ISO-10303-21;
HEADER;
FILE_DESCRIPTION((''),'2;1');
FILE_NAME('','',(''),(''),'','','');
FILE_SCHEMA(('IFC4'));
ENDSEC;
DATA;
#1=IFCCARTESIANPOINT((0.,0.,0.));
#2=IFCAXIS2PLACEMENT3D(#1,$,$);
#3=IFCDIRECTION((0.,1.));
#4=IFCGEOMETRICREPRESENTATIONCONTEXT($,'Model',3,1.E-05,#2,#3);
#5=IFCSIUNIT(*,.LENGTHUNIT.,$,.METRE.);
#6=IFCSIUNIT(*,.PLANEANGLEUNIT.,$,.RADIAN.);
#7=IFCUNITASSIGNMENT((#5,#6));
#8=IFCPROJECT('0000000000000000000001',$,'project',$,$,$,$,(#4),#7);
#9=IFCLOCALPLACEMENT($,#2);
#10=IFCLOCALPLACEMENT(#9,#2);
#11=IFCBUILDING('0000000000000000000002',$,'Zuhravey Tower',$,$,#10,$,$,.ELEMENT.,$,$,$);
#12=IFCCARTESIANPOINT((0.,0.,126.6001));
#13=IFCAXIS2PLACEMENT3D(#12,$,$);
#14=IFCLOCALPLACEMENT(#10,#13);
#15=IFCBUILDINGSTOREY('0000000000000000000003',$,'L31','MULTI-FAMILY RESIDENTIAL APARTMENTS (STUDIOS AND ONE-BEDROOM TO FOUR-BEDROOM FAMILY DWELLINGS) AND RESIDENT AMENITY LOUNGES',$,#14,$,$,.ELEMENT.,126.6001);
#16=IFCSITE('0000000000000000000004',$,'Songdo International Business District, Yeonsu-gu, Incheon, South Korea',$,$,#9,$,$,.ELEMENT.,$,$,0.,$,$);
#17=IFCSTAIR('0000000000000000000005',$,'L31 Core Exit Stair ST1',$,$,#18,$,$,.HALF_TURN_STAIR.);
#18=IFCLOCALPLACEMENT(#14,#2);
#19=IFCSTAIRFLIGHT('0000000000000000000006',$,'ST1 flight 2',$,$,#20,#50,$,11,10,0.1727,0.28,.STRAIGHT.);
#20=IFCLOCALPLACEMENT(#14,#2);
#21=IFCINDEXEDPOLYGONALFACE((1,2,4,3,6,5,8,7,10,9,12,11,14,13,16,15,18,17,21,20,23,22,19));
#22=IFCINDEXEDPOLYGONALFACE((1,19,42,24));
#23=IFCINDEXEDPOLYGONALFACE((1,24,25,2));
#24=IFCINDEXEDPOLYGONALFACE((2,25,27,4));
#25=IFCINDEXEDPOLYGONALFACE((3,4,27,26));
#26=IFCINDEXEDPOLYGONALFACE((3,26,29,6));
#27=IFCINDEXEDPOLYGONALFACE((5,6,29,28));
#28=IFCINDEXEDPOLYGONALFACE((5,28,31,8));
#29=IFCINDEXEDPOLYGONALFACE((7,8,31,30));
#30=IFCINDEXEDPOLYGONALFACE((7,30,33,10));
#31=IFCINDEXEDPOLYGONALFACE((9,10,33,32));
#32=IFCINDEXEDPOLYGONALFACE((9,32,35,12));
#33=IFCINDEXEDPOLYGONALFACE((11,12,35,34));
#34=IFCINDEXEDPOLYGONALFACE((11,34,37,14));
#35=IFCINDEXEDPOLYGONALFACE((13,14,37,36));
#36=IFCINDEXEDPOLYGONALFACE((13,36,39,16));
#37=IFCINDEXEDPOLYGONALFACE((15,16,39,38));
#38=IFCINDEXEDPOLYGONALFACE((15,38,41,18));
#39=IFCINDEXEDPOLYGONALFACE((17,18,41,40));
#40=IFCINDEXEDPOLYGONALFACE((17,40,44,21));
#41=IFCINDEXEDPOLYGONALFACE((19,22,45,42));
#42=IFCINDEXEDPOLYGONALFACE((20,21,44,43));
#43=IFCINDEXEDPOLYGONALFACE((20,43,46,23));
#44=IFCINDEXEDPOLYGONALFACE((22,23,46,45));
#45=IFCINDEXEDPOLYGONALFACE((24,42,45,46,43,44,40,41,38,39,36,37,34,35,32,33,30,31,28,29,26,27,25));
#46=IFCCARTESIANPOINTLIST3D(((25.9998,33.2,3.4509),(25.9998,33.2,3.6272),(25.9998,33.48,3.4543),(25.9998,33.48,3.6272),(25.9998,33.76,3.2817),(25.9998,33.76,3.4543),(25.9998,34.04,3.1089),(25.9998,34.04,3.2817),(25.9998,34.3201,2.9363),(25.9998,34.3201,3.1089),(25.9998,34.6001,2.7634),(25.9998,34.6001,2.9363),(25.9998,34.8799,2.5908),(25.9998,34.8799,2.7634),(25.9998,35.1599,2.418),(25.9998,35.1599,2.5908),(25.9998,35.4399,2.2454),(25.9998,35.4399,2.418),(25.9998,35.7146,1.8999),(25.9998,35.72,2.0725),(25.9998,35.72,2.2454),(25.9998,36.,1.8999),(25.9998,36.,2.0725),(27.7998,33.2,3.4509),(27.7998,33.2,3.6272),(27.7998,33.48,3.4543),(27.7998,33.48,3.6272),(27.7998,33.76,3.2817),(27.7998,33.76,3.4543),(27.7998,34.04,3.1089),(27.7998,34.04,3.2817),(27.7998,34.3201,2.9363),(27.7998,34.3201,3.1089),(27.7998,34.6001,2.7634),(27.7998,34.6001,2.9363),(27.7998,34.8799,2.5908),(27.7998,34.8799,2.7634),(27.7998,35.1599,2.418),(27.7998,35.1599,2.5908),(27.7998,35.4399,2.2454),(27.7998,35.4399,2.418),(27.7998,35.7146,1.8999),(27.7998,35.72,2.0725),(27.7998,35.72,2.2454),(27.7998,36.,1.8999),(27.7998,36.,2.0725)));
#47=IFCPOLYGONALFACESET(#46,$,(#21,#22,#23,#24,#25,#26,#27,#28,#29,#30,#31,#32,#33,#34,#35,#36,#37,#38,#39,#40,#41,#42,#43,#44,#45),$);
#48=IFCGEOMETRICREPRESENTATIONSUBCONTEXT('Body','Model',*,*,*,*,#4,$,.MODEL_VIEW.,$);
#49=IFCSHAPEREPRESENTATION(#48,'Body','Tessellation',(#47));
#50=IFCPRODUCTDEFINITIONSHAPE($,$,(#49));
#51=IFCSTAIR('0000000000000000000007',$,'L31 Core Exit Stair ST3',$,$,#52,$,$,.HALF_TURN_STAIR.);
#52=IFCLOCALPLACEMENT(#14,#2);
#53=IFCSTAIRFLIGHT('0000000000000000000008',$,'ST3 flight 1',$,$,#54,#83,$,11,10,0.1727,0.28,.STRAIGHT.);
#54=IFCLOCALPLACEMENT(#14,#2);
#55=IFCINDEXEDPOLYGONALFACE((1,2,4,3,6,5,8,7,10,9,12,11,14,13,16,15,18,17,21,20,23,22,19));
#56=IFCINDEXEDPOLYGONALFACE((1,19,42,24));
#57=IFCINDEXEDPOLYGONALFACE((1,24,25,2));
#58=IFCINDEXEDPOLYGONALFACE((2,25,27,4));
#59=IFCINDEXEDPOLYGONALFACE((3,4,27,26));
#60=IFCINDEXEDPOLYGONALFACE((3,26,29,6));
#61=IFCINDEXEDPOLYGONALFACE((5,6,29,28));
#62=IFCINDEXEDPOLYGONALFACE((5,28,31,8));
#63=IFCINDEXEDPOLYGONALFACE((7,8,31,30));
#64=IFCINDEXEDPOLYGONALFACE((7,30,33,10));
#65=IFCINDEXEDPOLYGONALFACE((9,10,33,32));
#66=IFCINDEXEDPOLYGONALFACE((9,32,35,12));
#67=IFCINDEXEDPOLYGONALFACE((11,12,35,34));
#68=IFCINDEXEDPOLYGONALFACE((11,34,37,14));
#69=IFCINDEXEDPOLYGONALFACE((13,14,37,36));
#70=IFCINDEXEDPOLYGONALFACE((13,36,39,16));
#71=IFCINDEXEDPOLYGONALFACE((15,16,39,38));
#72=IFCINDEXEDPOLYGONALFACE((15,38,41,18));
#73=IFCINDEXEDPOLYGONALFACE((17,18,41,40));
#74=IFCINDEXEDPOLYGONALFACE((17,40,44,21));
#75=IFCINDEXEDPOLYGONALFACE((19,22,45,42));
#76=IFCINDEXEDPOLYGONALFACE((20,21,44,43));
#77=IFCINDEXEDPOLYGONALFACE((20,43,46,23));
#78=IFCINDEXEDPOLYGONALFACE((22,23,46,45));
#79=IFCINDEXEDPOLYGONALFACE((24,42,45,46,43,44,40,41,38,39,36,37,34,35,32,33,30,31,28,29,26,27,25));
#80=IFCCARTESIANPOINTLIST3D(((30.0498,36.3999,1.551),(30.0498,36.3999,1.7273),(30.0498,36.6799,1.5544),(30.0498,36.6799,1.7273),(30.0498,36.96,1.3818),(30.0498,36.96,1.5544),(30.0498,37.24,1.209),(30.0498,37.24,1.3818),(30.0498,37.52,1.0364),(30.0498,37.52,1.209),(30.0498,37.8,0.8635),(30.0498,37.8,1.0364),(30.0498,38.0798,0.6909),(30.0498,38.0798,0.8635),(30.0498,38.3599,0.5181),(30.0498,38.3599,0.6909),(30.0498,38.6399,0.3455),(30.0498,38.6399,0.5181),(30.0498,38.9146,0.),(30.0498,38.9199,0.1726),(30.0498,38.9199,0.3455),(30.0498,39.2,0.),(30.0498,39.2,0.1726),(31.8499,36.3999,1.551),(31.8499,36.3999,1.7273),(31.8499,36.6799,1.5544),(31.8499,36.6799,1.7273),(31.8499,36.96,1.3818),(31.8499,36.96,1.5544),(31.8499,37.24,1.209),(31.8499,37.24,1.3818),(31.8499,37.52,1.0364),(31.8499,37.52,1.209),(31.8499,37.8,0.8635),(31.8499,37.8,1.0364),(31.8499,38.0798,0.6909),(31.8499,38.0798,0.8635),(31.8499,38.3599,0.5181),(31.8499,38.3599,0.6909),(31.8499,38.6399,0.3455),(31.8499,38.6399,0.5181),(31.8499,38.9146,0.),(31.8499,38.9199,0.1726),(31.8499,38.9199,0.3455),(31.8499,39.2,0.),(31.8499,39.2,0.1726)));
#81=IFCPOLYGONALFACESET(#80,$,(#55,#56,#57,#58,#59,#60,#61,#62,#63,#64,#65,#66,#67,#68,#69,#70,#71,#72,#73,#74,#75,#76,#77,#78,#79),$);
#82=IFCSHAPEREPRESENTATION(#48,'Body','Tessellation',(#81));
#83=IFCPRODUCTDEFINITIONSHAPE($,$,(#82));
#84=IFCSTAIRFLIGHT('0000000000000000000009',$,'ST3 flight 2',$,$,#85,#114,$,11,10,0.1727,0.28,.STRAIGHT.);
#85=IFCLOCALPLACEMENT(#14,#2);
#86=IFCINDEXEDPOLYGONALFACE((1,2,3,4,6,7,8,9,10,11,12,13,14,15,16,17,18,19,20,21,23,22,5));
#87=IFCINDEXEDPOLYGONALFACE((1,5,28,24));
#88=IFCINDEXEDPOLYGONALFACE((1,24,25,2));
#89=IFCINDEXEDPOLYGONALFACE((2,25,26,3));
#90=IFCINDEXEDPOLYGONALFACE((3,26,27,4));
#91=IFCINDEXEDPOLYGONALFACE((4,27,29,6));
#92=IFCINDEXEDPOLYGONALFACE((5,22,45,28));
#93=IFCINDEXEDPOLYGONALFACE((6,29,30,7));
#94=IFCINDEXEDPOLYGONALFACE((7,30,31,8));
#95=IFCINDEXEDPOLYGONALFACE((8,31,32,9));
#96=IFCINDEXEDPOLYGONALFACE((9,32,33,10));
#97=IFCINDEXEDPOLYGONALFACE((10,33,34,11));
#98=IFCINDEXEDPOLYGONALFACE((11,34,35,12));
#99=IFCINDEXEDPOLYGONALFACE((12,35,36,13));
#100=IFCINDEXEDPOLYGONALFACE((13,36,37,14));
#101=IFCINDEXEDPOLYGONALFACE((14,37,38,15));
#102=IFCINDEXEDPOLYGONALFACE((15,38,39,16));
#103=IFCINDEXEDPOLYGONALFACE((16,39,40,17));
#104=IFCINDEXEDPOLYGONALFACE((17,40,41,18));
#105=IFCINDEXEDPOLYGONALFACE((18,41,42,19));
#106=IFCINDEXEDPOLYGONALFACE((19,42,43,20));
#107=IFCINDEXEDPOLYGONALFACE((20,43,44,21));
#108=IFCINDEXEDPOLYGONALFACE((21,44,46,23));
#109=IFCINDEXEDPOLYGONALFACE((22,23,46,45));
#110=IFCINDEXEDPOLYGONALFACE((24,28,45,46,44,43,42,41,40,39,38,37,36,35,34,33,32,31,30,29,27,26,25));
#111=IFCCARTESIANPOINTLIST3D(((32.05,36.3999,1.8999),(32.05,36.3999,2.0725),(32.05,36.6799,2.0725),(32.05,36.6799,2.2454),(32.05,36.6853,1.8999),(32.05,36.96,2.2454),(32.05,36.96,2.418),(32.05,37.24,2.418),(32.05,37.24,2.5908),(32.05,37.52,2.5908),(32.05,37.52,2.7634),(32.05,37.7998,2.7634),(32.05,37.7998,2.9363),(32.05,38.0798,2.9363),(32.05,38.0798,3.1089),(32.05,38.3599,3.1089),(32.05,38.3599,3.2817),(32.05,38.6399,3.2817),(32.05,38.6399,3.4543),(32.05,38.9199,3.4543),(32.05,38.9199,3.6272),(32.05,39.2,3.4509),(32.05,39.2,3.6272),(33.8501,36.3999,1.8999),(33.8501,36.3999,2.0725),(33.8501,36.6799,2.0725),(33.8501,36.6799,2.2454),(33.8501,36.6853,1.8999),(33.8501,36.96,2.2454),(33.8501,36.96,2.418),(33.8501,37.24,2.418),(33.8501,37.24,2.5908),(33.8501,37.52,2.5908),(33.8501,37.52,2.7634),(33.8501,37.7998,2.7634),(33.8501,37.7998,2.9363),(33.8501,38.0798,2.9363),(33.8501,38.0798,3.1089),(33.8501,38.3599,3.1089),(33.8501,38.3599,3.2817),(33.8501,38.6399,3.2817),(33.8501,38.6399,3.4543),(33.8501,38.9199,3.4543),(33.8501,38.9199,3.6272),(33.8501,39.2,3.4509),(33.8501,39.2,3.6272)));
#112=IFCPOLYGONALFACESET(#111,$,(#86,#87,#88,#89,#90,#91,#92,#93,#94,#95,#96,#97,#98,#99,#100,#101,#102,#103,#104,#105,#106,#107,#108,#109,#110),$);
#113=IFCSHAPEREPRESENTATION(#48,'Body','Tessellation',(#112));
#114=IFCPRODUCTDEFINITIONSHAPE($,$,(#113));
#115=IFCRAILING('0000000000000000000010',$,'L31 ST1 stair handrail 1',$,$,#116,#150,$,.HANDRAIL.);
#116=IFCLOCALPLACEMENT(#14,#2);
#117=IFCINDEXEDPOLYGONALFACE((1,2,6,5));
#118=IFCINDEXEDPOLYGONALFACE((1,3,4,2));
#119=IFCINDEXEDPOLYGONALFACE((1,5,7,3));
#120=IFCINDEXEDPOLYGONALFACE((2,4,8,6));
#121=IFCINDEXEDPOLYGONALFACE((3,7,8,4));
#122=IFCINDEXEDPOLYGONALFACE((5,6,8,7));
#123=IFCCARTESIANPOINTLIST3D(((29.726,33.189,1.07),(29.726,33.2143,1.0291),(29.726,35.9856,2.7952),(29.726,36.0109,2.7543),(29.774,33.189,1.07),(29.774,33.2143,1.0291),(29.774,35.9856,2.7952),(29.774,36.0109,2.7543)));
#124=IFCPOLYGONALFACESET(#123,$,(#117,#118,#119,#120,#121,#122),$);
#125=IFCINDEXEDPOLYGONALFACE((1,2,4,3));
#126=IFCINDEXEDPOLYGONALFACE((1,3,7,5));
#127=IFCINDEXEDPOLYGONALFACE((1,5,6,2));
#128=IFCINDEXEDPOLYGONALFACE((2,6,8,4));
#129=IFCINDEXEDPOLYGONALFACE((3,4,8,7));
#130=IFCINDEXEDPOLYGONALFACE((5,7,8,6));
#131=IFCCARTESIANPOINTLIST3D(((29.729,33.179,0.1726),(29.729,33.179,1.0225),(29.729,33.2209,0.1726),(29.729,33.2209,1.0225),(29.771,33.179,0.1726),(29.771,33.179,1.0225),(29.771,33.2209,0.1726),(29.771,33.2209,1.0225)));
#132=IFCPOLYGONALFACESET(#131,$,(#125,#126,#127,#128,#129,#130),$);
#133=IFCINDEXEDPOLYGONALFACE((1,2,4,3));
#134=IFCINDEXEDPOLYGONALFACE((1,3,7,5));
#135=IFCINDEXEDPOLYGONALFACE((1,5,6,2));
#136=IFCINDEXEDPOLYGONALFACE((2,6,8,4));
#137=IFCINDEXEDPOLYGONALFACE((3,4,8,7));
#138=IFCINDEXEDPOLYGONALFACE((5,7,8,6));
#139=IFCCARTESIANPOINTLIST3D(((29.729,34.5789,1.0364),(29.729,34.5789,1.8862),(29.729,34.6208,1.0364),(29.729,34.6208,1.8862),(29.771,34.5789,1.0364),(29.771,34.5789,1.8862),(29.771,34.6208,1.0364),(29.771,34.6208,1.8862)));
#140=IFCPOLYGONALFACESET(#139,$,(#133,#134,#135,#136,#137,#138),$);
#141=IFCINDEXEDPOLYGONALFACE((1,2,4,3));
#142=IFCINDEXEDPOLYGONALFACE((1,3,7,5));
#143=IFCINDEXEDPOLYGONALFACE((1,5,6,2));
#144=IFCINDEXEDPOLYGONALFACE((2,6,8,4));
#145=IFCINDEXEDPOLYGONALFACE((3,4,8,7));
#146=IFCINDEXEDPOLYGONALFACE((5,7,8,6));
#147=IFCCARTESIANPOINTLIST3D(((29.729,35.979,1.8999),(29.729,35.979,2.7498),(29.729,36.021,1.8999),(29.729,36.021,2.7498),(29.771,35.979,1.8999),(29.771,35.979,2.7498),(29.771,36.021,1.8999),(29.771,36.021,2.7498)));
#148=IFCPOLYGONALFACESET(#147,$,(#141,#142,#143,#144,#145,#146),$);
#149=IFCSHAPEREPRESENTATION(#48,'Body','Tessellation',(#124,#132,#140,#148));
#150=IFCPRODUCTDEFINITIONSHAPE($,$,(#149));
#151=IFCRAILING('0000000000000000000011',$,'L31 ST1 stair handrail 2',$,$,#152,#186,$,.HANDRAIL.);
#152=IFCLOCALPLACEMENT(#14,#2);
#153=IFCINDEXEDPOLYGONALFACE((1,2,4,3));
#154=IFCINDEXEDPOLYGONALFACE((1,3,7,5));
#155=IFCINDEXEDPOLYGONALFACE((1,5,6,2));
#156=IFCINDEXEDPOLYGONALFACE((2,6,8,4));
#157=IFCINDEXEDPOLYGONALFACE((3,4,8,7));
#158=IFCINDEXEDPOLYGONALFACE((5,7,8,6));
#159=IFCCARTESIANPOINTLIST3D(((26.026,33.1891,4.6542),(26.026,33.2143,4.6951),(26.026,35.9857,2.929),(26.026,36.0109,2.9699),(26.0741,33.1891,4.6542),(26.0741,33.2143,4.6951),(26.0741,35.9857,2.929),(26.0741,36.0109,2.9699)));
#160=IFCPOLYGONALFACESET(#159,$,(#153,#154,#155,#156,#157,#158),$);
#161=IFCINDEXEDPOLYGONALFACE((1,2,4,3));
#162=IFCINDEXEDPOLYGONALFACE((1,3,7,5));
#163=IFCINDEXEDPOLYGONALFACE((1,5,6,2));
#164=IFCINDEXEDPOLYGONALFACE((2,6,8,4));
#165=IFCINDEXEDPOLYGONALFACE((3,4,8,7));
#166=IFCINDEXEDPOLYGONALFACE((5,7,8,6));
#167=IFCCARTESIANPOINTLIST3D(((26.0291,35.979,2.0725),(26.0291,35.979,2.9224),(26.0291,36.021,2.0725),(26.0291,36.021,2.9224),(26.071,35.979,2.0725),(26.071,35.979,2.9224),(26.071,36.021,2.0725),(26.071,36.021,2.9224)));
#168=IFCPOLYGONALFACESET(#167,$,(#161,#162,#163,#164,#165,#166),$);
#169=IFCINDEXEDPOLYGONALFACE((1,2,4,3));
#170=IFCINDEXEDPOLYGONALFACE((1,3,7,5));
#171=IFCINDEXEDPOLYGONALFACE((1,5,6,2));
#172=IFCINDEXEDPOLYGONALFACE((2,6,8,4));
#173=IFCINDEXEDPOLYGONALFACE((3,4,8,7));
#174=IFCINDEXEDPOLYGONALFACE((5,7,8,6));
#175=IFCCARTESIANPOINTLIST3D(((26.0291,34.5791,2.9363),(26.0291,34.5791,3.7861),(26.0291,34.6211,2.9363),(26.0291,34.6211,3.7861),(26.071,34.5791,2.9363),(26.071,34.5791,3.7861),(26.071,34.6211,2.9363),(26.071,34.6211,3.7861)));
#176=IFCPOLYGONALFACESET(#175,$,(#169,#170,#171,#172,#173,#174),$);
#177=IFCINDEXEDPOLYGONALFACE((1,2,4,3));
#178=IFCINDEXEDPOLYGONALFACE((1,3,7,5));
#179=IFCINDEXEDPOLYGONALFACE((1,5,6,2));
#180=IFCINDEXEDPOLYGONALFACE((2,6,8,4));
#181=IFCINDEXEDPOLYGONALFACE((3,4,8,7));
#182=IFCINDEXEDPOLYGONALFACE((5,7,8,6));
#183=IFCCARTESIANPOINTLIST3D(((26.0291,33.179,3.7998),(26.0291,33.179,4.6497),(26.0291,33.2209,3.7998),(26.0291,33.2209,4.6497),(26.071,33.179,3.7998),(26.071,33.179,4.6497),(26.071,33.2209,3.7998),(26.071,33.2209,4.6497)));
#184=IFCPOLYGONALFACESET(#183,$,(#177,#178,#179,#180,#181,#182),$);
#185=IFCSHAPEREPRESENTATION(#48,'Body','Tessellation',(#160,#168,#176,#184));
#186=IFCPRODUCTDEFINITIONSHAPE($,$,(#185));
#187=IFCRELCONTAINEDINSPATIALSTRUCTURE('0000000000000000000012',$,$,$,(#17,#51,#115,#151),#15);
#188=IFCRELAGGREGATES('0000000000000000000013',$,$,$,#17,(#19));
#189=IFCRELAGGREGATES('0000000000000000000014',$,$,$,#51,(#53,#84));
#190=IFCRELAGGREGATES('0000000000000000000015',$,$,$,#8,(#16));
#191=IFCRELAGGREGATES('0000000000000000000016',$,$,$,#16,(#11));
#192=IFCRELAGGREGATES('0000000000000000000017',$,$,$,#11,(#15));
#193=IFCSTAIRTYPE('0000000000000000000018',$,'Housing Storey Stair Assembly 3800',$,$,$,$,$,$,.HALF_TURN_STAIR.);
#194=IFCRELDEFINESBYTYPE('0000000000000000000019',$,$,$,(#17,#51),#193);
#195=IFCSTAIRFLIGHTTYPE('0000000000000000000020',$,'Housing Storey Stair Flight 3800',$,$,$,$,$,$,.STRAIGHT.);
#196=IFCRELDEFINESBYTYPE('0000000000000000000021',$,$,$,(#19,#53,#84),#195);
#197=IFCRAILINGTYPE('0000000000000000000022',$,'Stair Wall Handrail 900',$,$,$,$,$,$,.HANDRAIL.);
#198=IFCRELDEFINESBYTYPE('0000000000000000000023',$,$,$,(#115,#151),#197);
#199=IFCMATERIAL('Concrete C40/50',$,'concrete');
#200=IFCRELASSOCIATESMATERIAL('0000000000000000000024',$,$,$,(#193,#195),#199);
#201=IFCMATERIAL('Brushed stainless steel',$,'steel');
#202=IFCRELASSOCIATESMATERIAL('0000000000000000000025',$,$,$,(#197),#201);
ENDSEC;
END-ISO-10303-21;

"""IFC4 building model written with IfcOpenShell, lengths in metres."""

from ifc_helpers import new_model, si_unit, direction, frame, origin, origin_2d, place, context, subcontext, project, spatial, polyline, rectangle, outline, extrude, material, type_object, element, aggregate, save


model = new_model("IFC4")

# Units and contexts
model_context = context("Model", 3, precision=1e-05, world=origin(), true_north=direction((0.0, 1.0)))
body_context = subcontext(model_context, "Body", "Model", "MODEL_VIEW")
ifc_project = project(units=[si_unit("LENGTHUNIT", "METRE"), si_unit("PLANEANGLEUNIT", "RADIAN")], contexts=[model_context])

# Site, building, storey
site_placement = place(None, origin())
site = spatial("IfcSite", under=ifc_project, at=site_placement, Name="Songdo International Business District, Yeonsu-gu, Incheon, South Korea", CompositionType="ELEMENT", RefElevation=0.0)
building_placement = place(site_placement, origin())
building = spatial("IfcBuilding", under=site, at=building_placement, Name="Zuhravey Tower", CompositionType="ELEMENT")
storey_placement = place(building_placement, frame((0.0, 0.0, 126.6001)))
storey = spatial("IfcBuildingStorey", under=building, at=storey_placement, Name="L31", Description="MULTI-FAMILY RESIDENTIAL APARTMENTS (STUDIOS AND ONE-BEDROOM TO FOUR-BEDROOM FAMILY DWELLINGS) AND RESIDENT AMENITY LOUNGES", CompositionType="ELEMENT", Elevation=126.6001)

# Stairs, stair flights
ifc_material_1 = material(Name="Concrete C40/50", Category="concrete")
stair_type = type_object("IfcStairType", Name="Housing Storey Stair Assembly 3800", PredefinedType="HALF_TURN_STAIR", material=ifc_material_1)
stair_1_placement = place(storey_placement, origin())
stair_1 = element("IfcStair", 1, at=stair_1_placement, inside=storey, type_object=stair_type, Name="L31 Core Exit Stair ST1", PredefinedType="HALF_TURN_STAIR")
stair_flight_type = type_object("IfcStairFlightType", Name="Housing Storey Stair Flight 3800", PredefinedType="STRAIGHT", material=ifc_material_1)
stair_flight_1_placement = place(storey_placement, frame((26.8999, 36.0, 1.8999), z_axis=(0.0, 0.0, 1.0), x_axis=(0.0, -1.0, 0.0)))
stair_flight_1 = element("IfcStairFlight", 2, at=stair_flight_1_placement, type_object=stair_flight_type, Name="ST1 flight 2", NumberOfRisers=11, NumberOfTreads=10, PredefinedType="STRAIGHT", RiserHeight=0.1727, TreadLength=0.28, context=body_context, shape_type="SweptSolid", body=[
    extrude(outline(polyline([(0.0, 0.0), (0.0, 0.1726), (0.28, 0.1726), (0.28, 0.3455), (0.5601, 0.3455), (0.5601, 0.5181), (0.8401, 0.5181), (0.8401, 0.6909), (1.1201, 0.6909), (1.1201, 0.8635), (1.3999, 0.8635), (1.3999, 1.0364), (1.6799, 1.0364), (1.6799, 1.209), (1.96, 1.209), (1.96, 1.3818), (2.24, 1.3818), (2.24, 1.5544), (2.52, 1.5544), (2.52, 1.7273), (2.8, 1.7273), (2.8, 1.8999), (2.8, 1.551), (0.2854, 0.0), (0.0, 0.0)])), frame((0.0, 0.8999, 0.0), z_axis=(0.0, -1.0, 0.0), x_axis=(1.0, 0.0, 0.0)), (0.0, 0.0, 1.0), 1.8),
])
aggregate(stair_1, [stair_flight_1])
stair_2_placement = place(storey_placement, origin())
stair_2 = element("IfcStair", 3, at=stair_2_placement, inside=storey, type_object=stair_type, Name="L31 Core Exit Stair ST3", PredefinedType="HALF_TURN_STAIR")
stair_flight_2_placement = place(storey_placement, frame((30.95, 39.2, 0.0), z_axis=(0.0, 0.0, 1.0), x_axis=(0.0, -1.0, 0.0)))
stair_flight_2 = element("IfcStairFlight", 4, at=stair_flight_2_placement, type_object=stair_flight_type, Name="ST3 flight 1", NumberOfRisers=11, NumberOfTreads=10, PredefinedType="STRAIGHT", RiserHeight=0.1727, TreadLength=0.28, context=body_context, shape_type="SweptSolid", body=[
    extrude(outline(polyline([(0.0, 0.0), (0.0, 0.1726), (0.28, 0.1726), (0.28, 0.3455), (0.5601, 0.3455), (0.5601, 0.5181), (0.8401, 0.5181), (0.8401, 0.6909), (1.1201, 0.6909), (1.1201, 0.8635), (1.3999, 0.8635), (1.3999, 1.0364), (1.6799, 1.0364), (1.6799, 1.209), (1.96, 1.209), (1.96, 1.3818), (2.24, 1.3818), (2.24, 1.5544), (2.52, 1.5544), (2.52, 1.7273), (2.8, 1.7273), (2.8, 1.8999), (2.8, 1.551), (0.2854, 0.0), (0.0, 0.0)])), frame((0.0, 0.8999, 0.0), z_axis=(0.0, -1.0, 0.0), x_axis=(1.0, 0.0, 0.0)), (0.0, 0.0, 1.0), 1.8),
])
stair_flight_3_placement = place(storey_placement, frame((32.95, 36.3999, 1.8999), z_axis=(0.0, 0.0, 1.0), x_axis=(0.0, 1.0, 0.0)))
stair_flight_3 = element("IfcStairFlight", 5, at=stair_flight_3_placement, type_object=stair_flight_type, Name="ST3 flight 2", NumberOfRisers=11, NumberOfTreads=10, PredefinedType="STRAIGHT", RiserHeight=0.1727, TreadLength=0.28, context=body_context, shape_type="SweptSolid", body=[
    extrude(outline(polyline([(0.0, 0.0), (0.0, 0.1726), (0.28, 0.1726), (0.28, 0.3455), (0.5601, 0.3455), (0.5601, 0.5181), (0.8401, 0.5181), (0.8401, 0.6909), (1.1201, 0.6909), (1.1201, 0.8635), (1.3999, 0.8635), (1.3999, 1.0364), (1.6799, 1.0364), (1.6799, 1.209), (1.96, 1.209), (1.96, 1.3818), (2.24, 1.3818), (2.24, 1.5544), (2.52, 1.5544), (2.52, 1.7273), (2.8, 1.7273), (2.8, 1.8999), (2.8, 1.551), (0.2854, 0.0), (0.0, 0.0)])), frame((0.0, 0.8999, 0.0), z_axis=(0.0, -1.0, 0.0), x_axis=(1.0, 0.0, 0.0)), (0.0, 0.0, 1.0), 1.8),
])
aggregate(stair_2, [stair_flight_2, stair_flight_3])

# Railings
ifc_material_2 = material(Name="Brushed stainless steel", Category="steel")
railing_type_1 = type_object("IfcRailingType", Name="Stair Wall Handrail 900", PredefinedType="HANDRAIL", material=ifc_material_2)
railing_1_placement = place(storey_placement, frame((29.75, 33.2, 0.1726)))
element("IfcRailing", 6, at=railing_1_placement, inside=storey, type_object=railing_type_1, Name="L31 ST1 stair handrail 1", PredefinedType="HANDRAIL", context=body_context, shape_type="SweptSolid", body=[
    extrude(rectangle(XDim=0.0481, YDim=0.0481, at=origin_2d()), frame((0.0, 0.0017, 0.877), z_axis=(0.0, 0.85109, 0.52502), x_axis=(-1.0, 0.0, 0.0)), (0.0, 0.0, 1.0), 3.2859),
    extrude(rectangle(XDim=0.042, YDim=0.042, at=origin_2d()), origin(), (0.0, 0.0, 1.0), 0.8499),
    extrude(rectangle(XDim=0.042, YDim=0.042, at=origin_2d()), frame((0.0, 1.3999, 0.8638)), (0.0, 0.0, 1.0), 0.8499),
    extrude(rectangle(XDim=0.042, YDim=0.042, at=origin_2d()), frame((0.0, 2.8, 1.7273)), (0.0, 0.0, 1.0), 0.8499),
])
for number, where, name in (
    (7, (26.05, 36.0, 2.0725), "L31 ST1 stair handrail 2"),
):
    element("IfcRailing", number, at=place(storey_placement, frame(where)), inside=storey, type_object=railing_type_1, Name=name, PredefinedType="HANDRAIL", context=body_context, shape_type="SweptSolid", body=[
        extrude(rectangle(XDim=0.0481, YDim=0.0481, at=origin_2d()), frame((0.0, -0.0017, 0.877), z_axis=(0.0, -0.85109, 0.52502), x_axis=(1.0, 0.0, 0.0)), (0.0, 0.0, 1.0), 3.2859),
        extrude(rectangle(XDim=0.042, YDim=0.042, at=origin_2d()), origin(), (0.0, 0.0, 1.0), 0.8499),
        extrude(rectangle(XDim=0.042, YDim=0.042, at=origin_2d()), frame((0.0, -1.3999, 0.8638)), (0.0, 0.0, 1.0), 0.8499),
        extrude(rectangle(XDim=0.042, YDim=0.042, at=origin_2d()), frame((0.0, -2.8, 1.7273)), (0.0, 0.0, 1.0), 0.8499),
    ])

save(model, "model.ifc")
